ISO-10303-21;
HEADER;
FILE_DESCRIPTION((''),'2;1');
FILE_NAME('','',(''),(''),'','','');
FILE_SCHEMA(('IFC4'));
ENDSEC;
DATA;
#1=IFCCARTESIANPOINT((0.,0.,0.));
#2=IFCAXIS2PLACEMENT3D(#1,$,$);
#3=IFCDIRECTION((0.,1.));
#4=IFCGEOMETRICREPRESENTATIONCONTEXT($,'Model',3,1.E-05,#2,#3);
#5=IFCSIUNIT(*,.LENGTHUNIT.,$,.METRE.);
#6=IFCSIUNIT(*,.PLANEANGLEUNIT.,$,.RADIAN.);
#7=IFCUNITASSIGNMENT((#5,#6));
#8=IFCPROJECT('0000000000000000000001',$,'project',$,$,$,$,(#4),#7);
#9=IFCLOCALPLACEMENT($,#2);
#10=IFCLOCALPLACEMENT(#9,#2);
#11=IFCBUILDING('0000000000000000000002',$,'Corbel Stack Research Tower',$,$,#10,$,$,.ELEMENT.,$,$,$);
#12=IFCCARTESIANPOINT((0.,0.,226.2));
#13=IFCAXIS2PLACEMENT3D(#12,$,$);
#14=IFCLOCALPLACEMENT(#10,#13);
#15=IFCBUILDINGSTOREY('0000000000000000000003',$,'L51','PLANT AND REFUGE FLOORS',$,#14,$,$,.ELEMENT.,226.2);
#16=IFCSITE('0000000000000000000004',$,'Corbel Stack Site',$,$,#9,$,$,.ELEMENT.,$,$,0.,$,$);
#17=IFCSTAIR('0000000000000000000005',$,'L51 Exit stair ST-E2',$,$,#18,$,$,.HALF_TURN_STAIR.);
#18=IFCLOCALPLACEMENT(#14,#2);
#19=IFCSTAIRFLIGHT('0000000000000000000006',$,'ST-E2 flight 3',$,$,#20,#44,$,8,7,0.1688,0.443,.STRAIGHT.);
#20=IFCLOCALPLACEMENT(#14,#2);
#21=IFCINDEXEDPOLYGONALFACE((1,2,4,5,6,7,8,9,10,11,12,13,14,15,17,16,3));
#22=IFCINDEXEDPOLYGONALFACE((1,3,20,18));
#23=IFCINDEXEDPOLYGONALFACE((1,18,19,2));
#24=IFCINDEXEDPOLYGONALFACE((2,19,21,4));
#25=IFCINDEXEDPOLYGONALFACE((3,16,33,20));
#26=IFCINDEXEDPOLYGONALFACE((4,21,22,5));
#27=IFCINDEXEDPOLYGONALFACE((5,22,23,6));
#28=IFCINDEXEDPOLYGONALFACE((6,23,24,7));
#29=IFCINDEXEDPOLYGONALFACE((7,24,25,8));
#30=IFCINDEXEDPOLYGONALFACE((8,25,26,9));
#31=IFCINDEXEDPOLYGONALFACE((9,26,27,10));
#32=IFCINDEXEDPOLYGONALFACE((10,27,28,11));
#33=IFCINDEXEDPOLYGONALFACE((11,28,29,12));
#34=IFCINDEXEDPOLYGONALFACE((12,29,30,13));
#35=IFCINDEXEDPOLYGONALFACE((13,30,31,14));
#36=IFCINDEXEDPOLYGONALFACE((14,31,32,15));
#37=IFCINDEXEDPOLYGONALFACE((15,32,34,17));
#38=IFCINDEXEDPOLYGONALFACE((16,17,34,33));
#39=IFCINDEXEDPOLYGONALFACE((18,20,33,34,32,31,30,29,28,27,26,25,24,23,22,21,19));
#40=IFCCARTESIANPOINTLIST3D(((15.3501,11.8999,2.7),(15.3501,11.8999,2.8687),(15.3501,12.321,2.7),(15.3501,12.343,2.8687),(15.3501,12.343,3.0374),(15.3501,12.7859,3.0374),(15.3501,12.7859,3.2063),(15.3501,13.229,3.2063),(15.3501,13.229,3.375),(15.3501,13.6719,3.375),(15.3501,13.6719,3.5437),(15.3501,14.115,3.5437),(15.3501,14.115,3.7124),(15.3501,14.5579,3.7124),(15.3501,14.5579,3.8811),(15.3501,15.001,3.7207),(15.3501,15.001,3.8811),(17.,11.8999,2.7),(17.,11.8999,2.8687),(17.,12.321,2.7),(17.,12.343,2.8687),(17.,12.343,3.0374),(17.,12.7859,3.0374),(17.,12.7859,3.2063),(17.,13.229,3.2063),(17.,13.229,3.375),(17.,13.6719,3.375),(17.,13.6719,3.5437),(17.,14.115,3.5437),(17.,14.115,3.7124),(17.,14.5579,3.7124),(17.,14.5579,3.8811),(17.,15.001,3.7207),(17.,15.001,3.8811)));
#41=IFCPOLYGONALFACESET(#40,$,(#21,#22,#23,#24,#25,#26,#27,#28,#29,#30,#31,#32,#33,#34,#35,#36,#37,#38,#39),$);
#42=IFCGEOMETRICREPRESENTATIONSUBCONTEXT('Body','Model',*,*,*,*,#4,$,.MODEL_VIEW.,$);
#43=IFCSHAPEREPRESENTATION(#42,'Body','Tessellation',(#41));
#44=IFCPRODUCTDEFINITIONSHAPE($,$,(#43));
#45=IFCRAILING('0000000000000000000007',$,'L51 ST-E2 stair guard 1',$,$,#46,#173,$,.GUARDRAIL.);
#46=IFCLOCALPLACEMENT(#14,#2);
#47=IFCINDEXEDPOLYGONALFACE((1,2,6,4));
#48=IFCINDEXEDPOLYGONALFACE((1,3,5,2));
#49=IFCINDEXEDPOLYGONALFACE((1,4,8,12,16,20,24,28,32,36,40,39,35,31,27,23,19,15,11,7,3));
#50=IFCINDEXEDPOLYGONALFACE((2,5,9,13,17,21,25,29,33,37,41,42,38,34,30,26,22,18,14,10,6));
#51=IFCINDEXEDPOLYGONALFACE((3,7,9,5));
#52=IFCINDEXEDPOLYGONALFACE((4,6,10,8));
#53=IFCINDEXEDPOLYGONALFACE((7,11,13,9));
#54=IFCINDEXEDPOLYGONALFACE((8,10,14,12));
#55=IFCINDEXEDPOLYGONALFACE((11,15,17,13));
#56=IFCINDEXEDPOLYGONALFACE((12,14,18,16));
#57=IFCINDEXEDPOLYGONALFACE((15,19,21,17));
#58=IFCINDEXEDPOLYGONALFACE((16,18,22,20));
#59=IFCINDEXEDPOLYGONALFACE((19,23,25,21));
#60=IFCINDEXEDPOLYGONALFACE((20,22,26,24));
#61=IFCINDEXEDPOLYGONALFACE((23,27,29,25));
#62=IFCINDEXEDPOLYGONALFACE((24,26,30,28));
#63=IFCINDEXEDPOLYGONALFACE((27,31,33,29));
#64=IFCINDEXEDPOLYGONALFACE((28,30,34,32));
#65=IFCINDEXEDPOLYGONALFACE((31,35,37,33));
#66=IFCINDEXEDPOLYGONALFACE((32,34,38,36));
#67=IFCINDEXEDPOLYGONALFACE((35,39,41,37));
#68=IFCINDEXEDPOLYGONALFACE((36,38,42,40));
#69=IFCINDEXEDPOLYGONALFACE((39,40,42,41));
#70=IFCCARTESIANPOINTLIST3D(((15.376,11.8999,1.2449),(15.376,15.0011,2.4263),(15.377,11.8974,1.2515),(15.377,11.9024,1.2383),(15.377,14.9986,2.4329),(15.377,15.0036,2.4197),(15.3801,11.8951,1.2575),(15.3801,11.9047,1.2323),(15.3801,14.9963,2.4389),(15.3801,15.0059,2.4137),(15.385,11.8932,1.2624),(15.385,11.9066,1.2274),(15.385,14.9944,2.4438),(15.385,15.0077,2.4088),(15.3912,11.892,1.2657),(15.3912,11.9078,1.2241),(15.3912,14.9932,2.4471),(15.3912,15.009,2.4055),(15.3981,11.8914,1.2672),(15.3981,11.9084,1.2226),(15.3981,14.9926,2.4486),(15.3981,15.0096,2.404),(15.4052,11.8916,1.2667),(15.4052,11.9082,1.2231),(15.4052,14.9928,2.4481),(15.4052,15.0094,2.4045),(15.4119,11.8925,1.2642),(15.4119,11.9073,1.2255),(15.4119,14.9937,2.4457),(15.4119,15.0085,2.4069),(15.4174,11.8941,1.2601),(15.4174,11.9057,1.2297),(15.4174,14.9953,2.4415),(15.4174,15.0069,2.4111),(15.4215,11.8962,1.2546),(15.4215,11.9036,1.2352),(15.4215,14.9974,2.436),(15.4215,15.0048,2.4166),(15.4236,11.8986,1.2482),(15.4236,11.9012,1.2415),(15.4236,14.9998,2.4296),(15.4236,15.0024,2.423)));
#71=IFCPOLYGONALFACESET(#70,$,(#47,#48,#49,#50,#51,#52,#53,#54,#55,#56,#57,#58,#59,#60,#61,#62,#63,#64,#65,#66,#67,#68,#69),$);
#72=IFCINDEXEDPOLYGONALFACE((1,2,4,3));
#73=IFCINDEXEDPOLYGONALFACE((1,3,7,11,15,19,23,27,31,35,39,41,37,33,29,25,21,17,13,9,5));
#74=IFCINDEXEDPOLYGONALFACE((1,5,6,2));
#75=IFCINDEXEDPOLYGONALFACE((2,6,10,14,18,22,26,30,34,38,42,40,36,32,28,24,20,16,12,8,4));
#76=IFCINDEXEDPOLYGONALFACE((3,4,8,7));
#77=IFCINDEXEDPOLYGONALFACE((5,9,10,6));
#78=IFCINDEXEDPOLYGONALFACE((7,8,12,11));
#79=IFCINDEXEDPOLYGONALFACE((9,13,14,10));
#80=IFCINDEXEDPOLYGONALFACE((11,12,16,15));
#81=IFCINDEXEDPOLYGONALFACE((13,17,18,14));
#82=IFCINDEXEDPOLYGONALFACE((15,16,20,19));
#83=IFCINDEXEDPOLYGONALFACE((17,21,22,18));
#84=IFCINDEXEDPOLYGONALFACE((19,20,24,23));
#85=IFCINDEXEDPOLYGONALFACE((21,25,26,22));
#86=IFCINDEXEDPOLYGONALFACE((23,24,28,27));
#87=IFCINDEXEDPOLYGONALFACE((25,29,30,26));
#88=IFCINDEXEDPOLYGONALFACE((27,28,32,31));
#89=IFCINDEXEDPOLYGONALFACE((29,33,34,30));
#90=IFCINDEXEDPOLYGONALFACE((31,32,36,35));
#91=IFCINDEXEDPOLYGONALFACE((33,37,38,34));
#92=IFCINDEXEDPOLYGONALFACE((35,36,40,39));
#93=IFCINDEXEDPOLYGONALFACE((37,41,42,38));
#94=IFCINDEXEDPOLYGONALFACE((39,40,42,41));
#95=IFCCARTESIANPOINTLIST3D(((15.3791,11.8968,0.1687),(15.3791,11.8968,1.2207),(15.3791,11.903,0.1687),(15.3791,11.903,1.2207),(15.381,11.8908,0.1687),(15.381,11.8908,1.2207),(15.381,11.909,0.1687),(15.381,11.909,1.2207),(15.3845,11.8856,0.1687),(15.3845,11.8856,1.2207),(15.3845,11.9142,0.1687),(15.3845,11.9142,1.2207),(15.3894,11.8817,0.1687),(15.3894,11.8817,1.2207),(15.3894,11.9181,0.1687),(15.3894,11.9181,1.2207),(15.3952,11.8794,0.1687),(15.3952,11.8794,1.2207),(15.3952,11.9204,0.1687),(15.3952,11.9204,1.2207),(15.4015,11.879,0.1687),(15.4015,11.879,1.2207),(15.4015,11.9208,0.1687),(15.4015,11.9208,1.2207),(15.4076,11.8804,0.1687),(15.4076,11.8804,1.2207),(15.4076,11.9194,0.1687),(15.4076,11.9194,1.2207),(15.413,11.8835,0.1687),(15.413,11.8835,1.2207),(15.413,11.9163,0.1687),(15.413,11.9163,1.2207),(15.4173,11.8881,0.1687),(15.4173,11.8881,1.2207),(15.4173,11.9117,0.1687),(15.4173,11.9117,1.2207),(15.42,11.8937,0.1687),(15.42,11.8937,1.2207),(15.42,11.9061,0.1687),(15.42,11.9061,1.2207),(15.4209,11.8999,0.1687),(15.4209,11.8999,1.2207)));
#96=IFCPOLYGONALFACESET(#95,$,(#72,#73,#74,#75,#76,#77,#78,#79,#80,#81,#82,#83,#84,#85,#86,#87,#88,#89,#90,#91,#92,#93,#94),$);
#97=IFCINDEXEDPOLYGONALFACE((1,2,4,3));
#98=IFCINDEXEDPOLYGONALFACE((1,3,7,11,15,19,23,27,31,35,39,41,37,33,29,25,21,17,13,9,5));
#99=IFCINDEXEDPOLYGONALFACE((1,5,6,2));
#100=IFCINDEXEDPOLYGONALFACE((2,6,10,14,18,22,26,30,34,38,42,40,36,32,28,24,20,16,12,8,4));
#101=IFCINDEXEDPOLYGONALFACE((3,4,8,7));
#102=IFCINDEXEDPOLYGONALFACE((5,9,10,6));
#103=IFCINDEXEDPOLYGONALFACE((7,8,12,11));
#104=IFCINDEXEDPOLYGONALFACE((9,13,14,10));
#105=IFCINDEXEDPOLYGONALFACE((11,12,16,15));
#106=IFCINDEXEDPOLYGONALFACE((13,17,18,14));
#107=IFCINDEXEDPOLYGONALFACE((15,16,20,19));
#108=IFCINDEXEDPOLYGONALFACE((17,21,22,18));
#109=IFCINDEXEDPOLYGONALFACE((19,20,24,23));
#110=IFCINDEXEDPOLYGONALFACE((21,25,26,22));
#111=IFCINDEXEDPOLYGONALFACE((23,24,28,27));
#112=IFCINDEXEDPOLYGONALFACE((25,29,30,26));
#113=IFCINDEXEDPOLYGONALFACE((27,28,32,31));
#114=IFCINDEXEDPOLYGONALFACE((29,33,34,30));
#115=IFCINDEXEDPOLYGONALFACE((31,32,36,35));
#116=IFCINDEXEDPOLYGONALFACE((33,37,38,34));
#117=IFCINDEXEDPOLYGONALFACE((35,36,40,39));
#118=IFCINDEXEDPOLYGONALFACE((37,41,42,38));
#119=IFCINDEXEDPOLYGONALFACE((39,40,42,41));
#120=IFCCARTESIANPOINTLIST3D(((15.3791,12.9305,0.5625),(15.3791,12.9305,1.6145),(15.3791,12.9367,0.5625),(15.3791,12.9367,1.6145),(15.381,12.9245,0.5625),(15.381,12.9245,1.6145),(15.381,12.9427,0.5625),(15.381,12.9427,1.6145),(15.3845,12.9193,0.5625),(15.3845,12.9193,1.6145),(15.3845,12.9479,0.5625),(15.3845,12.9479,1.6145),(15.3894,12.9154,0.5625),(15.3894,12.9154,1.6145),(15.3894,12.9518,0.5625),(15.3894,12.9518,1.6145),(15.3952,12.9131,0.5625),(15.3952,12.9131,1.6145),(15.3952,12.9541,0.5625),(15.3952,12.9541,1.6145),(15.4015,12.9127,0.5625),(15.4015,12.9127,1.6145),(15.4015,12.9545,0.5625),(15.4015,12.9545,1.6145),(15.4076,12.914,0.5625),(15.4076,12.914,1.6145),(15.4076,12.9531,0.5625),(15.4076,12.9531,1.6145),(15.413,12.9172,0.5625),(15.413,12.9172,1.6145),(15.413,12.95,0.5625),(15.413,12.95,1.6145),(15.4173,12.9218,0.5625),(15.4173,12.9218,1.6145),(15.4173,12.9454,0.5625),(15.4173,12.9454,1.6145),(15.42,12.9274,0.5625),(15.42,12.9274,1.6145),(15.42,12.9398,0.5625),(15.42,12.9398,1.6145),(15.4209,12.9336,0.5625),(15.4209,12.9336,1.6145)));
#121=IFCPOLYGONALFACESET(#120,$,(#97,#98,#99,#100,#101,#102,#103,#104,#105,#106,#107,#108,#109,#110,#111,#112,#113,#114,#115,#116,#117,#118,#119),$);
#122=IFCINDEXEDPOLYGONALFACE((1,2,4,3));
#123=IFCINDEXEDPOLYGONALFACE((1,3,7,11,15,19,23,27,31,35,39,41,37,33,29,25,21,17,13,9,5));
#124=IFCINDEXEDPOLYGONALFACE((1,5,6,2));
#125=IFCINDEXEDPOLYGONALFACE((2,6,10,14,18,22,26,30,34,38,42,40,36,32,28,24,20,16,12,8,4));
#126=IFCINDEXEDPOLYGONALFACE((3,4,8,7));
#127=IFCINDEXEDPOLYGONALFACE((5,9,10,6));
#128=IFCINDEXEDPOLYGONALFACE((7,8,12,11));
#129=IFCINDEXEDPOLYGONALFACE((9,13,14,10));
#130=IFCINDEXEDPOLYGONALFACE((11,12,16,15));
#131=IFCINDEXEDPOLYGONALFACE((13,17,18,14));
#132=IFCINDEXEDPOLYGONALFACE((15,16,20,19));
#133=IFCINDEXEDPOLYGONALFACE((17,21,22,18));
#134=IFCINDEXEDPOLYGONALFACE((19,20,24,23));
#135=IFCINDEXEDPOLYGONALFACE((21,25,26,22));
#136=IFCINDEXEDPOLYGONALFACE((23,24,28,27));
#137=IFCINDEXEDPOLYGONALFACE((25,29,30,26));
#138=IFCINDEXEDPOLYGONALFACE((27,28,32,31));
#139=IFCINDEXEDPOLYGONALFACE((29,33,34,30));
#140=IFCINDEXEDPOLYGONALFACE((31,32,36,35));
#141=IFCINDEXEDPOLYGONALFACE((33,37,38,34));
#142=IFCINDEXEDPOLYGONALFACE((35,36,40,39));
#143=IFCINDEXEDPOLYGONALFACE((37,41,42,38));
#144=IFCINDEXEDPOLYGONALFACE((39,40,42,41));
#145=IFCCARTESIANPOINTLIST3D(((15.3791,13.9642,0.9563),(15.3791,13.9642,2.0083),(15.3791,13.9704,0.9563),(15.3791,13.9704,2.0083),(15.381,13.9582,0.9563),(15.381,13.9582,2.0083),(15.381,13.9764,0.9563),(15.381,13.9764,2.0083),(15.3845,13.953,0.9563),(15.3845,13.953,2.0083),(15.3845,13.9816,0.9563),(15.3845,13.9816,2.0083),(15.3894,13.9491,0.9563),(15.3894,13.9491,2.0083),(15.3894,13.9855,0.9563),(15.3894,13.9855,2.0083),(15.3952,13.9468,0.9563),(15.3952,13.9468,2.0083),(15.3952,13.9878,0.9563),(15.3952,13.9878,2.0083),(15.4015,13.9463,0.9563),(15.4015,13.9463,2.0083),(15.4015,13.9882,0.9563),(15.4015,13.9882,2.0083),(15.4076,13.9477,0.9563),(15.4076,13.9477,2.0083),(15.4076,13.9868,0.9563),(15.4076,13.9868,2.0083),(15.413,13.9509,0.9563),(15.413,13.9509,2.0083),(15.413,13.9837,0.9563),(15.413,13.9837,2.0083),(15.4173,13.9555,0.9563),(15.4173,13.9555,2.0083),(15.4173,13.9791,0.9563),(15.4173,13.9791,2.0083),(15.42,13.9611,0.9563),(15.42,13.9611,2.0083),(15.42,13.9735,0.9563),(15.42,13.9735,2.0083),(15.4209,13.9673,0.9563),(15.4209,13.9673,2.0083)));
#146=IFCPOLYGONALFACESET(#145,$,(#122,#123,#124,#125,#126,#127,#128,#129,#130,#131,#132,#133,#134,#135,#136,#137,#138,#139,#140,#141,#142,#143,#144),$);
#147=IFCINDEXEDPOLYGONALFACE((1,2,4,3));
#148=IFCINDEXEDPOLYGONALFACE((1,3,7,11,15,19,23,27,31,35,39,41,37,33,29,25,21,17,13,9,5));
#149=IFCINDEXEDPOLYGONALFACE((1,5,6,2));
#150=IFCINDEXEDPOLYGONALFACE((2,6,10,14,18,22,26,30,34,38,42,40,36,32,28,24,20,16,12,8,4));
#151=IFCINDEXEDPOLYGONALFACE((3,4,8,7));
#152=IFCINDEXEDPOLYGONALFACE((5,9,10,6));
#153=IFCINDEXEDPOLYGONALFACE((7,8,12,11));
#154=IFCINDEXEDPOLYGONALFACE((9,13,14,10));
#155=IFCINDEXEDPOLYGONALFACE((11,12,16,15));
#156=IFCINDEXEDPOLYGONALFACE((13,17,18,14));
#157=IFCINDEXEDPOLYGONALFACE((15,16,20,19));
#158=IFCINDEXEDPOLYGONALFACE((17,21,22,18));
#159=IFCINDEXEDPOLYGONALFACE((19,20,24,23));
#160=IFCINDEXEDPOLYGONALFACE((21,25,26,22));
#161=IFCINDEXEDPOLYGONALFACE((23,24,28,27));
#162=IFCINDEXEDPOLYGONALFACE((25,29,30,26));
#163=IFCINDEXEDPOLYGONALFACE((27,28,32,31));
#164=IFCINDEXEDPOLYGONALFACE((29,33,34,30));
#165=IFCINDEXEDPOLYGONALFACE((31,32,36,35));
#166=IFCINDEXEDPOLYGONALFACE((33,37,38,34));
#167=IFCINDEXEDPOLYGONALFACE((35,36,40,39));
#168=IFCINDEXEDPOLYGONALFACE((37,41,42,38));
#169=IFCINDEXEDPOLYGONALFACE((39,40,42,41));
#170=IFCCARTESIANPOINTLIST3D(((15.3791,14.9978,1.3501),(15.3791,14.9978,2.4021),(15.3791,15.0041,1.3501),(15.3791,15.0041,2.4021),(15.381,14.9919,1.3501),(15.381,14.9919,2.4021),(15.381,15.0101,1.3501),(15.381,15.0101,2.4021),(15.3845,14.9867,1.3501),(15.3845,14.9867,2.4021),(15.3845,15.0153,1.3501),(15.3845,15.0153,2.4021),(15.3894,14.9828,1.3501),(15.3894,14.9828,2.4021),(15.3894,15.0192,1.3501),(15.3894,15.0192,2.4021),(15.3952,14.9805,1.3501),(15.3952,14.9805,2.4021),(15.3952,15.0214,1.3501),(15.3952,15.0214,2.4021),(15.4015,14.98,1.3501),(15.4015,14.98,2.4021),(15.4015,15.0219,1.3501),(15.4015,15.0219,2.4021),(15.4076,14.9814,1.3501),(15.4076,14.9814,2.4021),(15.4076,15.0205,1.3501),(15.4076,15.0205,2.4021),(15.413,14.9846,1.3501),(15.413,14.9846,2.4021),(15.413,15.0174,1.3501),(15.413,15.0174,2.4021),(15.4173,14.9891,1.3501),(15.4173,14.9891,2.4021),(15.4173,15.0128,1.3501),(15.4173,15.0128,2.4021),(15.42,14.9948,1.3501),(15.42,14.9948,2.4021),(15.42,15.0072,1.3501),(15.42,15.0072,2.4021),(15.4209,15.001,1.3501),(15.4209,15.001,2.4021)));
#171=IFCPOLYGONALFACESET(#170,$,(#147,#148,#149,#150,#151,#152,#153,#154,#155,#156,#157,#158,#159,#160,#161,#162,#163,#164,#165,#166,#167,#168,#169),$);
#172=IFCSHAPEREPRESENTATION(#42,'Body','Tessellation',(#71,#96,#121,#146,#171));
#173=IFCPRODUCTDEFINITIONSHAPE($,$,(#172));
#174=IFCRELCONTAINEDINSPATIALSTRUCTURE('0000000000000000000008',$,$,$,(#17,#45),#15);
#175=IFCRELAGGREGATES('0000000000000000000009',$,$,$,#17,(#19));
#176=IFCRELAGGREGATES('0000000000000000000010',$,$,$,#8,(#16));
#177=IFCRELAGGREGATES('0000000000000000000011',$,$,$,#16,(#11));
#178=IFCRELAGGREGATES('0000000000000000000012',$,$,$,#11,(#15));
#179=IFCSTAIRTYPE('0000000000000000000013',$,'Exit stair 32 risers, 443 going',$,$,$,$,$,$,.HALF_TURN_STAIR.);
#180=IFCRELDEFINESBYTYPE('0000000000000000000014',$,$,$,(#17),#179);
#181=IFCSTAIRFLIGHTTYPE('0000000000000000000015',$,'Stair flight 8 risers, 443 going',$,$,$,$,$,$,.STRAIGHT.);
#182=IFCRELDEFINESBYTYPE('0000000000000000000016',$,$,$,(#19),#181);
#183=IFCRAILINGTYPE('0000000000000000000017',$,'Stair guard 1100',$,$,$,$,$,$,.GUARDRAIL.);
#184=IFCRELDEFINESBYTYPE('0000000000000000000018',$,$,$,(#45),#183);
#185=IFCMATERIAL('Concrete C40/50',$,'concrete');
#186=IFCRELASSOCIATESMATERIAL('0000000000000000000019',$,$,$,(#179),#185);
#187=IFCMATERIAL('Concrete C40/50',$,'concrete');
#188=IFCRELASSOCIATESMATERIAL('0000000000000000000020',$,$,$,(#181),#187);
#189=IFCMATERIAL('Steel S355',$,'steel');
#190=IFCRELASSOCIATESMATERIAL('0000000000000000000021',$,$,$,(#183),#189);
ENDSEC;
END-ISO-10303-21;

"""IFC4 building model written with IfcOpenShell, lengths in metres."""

from ifc_helpers import new_model, si_unit, direction, frame, origin, origin_2d, place, context, subcontext, project, spatial, polyline, circle, outline, extrude, material, type_object, element, aggregate, save


model = new_model("IFC4")

# Units and contexts
model_context = context("Model", 3, precision=1e-05, world=origin(), true_north=direction((0.0, 1.0)))
body_context = subcontext(model_context, "Body", "Model", "MODEL_VIEW")
ifc_project = project(units=[si_unit("LENGTHUNIT", "METRE"), si_unit("PLANEANGLEUNIT", "RADIAN")], contexts=[model_context])

# Site, building, storey
site_placement = place(None, origin())
site = spatial("IfcSite", under=ifc_project, at=site_placement, Name="Corbel Stack Site", CompositionType="ELEMENT", RefElevation=0.0)
building_placement = place(site_placement, origin())
building = spatial("IfcBuilding", under=site, at=building_placement, Name="Corbel Stack Research Tower", CompositionType="ELEMENT")
storey_placement = place(building_placement, frame((0.0, 0.0, 226.2)))
storey = spatial("IfcBuildingStorey", under=building, at=storey_placement, Name="L51", Description="PLANT AND REFUGE FLOORS", CompositionType="ELEMENT", Elevation=226.2)

# Stair, stair flight
ifc_material_1 = material(Name="Concrete C40/50", Category="concrete")
stair_type = type_object("IfcStairType", Name="Exit stair 32 risers, 443 going", PredefinedType="HALF_TURN_STAIR", material=ifc_material_1)
stair_placement = place(storey_placement, origin())
stair = element("IfcStair", 1, at=stair_placement, inside=storey, type_object=stair_type, Name="L51 Exit stair ST-E2", PredefinedType="HALF_TURN_STAIR")
ifc_material_2 = material(Name="Concrete C40/50", Category="concrete")
stair_flight_type = type_object("IfcStairFlightType", Name="Stair flight 8 risers, 443 going", PredefinedType="STRAIGHT", material=ifc_material_2)
stair_flight_1_placement = place(storey_placement, frame((16.175, 11.8999, 2.7), z_axis=(0.0, 0.0, 1.0), x_axis=(0.0, 1.0, 0.0)))
stair_flight_1 = element("IfcStairFlight", 2, at=stair_flight_1_placement, type_object=stair_flight_type, Name="ST-E2 flight 3", NumberOfRisers=8, NumberOfTreads=7, PredefinedType="STRAIGHT", RiserHeight=0.1688, TreadLength=0.443, context=body_context, shape_type="SweptSolid", body=[
    extrude(outline(polyline([(0.0, 0.0), (0.0, 0.1687), (0.4431, 0.1687), (0.4431, 0.3374), (0.886, 0.3374), (0.886, 0.5063), (1.3291, 0.5063), (1.3291, 0.675), (1.772, 0.675), (1.772, 0.8438), (2.2151, 0.8438), (2.2151, 1.0125), (2.658, 1.0125), (2.658, 1.1812), (3.1011, 1.1812), (3.1011, 1.3501), (3.1011, 1.0208), (0.4211, 0.0), (0.0, 0.0)])), frame((0.0, 0.825, 0.0), z_axis=(0.0, -1.0, 0.0), x_axis=(1.0, 0.0, 0.0)), (0.0, 0.0, 1.0), 1.6499),
])
aggregate(stair, [stair_flight_1])

# Railing
ifc_material_3 = material(Name="Steel S355", Category="steel")
railing_type_1 = type_object("IfcRailingType", Name="Stair guard 1100", PredefinedType="GUARDRAIL", material=ifc_material_3)
railing_1_placement = place(storey_placement, frame((15.3999, 11.8999, 0.1687)))
element("IfcRailing", 3, at=railing_1_placement, inside=storey, type_object=railing_type_1, Name="L51 ST-E2 stair guard 1", PredefinedType="GUARDRAIL", context=body_context, shape_type="SweptSolid", body=[
    extrude(circle(Radius=0.0239, at=origin_2d()), frame((0.0, 0.0, 1.0762), z_axis=(0.0, 0.934484, 0.356005), x_axis=(-1.0, 0.0, 0.0)), (0.0, 0.0, 1.0), 3.3186),
    extrude(circle(Radius=0.021, at=origin_2d()), origin(), (0.0, 0.0, 1.0), 1.052),
    extrude(circle(Radius=0.021, at=origin_2d()), frame((0.0, 1.0337, 0.3938)), (0.0, 0.0, 1.0), 1.052),
    extrude(circle(Radius=0.021, at=origin_2d()), frame((0.0, 2.0674, 0.7876)), (0.0, 0.0, 1.0), 1.052),
    extrude(circle(Radius=0.021, at=origin_2d()), frame((0.0, 3.1011, 1.1814)), (0.0, 0.0, 1.0), 1.052),
])

save(model, "model.ifc")
